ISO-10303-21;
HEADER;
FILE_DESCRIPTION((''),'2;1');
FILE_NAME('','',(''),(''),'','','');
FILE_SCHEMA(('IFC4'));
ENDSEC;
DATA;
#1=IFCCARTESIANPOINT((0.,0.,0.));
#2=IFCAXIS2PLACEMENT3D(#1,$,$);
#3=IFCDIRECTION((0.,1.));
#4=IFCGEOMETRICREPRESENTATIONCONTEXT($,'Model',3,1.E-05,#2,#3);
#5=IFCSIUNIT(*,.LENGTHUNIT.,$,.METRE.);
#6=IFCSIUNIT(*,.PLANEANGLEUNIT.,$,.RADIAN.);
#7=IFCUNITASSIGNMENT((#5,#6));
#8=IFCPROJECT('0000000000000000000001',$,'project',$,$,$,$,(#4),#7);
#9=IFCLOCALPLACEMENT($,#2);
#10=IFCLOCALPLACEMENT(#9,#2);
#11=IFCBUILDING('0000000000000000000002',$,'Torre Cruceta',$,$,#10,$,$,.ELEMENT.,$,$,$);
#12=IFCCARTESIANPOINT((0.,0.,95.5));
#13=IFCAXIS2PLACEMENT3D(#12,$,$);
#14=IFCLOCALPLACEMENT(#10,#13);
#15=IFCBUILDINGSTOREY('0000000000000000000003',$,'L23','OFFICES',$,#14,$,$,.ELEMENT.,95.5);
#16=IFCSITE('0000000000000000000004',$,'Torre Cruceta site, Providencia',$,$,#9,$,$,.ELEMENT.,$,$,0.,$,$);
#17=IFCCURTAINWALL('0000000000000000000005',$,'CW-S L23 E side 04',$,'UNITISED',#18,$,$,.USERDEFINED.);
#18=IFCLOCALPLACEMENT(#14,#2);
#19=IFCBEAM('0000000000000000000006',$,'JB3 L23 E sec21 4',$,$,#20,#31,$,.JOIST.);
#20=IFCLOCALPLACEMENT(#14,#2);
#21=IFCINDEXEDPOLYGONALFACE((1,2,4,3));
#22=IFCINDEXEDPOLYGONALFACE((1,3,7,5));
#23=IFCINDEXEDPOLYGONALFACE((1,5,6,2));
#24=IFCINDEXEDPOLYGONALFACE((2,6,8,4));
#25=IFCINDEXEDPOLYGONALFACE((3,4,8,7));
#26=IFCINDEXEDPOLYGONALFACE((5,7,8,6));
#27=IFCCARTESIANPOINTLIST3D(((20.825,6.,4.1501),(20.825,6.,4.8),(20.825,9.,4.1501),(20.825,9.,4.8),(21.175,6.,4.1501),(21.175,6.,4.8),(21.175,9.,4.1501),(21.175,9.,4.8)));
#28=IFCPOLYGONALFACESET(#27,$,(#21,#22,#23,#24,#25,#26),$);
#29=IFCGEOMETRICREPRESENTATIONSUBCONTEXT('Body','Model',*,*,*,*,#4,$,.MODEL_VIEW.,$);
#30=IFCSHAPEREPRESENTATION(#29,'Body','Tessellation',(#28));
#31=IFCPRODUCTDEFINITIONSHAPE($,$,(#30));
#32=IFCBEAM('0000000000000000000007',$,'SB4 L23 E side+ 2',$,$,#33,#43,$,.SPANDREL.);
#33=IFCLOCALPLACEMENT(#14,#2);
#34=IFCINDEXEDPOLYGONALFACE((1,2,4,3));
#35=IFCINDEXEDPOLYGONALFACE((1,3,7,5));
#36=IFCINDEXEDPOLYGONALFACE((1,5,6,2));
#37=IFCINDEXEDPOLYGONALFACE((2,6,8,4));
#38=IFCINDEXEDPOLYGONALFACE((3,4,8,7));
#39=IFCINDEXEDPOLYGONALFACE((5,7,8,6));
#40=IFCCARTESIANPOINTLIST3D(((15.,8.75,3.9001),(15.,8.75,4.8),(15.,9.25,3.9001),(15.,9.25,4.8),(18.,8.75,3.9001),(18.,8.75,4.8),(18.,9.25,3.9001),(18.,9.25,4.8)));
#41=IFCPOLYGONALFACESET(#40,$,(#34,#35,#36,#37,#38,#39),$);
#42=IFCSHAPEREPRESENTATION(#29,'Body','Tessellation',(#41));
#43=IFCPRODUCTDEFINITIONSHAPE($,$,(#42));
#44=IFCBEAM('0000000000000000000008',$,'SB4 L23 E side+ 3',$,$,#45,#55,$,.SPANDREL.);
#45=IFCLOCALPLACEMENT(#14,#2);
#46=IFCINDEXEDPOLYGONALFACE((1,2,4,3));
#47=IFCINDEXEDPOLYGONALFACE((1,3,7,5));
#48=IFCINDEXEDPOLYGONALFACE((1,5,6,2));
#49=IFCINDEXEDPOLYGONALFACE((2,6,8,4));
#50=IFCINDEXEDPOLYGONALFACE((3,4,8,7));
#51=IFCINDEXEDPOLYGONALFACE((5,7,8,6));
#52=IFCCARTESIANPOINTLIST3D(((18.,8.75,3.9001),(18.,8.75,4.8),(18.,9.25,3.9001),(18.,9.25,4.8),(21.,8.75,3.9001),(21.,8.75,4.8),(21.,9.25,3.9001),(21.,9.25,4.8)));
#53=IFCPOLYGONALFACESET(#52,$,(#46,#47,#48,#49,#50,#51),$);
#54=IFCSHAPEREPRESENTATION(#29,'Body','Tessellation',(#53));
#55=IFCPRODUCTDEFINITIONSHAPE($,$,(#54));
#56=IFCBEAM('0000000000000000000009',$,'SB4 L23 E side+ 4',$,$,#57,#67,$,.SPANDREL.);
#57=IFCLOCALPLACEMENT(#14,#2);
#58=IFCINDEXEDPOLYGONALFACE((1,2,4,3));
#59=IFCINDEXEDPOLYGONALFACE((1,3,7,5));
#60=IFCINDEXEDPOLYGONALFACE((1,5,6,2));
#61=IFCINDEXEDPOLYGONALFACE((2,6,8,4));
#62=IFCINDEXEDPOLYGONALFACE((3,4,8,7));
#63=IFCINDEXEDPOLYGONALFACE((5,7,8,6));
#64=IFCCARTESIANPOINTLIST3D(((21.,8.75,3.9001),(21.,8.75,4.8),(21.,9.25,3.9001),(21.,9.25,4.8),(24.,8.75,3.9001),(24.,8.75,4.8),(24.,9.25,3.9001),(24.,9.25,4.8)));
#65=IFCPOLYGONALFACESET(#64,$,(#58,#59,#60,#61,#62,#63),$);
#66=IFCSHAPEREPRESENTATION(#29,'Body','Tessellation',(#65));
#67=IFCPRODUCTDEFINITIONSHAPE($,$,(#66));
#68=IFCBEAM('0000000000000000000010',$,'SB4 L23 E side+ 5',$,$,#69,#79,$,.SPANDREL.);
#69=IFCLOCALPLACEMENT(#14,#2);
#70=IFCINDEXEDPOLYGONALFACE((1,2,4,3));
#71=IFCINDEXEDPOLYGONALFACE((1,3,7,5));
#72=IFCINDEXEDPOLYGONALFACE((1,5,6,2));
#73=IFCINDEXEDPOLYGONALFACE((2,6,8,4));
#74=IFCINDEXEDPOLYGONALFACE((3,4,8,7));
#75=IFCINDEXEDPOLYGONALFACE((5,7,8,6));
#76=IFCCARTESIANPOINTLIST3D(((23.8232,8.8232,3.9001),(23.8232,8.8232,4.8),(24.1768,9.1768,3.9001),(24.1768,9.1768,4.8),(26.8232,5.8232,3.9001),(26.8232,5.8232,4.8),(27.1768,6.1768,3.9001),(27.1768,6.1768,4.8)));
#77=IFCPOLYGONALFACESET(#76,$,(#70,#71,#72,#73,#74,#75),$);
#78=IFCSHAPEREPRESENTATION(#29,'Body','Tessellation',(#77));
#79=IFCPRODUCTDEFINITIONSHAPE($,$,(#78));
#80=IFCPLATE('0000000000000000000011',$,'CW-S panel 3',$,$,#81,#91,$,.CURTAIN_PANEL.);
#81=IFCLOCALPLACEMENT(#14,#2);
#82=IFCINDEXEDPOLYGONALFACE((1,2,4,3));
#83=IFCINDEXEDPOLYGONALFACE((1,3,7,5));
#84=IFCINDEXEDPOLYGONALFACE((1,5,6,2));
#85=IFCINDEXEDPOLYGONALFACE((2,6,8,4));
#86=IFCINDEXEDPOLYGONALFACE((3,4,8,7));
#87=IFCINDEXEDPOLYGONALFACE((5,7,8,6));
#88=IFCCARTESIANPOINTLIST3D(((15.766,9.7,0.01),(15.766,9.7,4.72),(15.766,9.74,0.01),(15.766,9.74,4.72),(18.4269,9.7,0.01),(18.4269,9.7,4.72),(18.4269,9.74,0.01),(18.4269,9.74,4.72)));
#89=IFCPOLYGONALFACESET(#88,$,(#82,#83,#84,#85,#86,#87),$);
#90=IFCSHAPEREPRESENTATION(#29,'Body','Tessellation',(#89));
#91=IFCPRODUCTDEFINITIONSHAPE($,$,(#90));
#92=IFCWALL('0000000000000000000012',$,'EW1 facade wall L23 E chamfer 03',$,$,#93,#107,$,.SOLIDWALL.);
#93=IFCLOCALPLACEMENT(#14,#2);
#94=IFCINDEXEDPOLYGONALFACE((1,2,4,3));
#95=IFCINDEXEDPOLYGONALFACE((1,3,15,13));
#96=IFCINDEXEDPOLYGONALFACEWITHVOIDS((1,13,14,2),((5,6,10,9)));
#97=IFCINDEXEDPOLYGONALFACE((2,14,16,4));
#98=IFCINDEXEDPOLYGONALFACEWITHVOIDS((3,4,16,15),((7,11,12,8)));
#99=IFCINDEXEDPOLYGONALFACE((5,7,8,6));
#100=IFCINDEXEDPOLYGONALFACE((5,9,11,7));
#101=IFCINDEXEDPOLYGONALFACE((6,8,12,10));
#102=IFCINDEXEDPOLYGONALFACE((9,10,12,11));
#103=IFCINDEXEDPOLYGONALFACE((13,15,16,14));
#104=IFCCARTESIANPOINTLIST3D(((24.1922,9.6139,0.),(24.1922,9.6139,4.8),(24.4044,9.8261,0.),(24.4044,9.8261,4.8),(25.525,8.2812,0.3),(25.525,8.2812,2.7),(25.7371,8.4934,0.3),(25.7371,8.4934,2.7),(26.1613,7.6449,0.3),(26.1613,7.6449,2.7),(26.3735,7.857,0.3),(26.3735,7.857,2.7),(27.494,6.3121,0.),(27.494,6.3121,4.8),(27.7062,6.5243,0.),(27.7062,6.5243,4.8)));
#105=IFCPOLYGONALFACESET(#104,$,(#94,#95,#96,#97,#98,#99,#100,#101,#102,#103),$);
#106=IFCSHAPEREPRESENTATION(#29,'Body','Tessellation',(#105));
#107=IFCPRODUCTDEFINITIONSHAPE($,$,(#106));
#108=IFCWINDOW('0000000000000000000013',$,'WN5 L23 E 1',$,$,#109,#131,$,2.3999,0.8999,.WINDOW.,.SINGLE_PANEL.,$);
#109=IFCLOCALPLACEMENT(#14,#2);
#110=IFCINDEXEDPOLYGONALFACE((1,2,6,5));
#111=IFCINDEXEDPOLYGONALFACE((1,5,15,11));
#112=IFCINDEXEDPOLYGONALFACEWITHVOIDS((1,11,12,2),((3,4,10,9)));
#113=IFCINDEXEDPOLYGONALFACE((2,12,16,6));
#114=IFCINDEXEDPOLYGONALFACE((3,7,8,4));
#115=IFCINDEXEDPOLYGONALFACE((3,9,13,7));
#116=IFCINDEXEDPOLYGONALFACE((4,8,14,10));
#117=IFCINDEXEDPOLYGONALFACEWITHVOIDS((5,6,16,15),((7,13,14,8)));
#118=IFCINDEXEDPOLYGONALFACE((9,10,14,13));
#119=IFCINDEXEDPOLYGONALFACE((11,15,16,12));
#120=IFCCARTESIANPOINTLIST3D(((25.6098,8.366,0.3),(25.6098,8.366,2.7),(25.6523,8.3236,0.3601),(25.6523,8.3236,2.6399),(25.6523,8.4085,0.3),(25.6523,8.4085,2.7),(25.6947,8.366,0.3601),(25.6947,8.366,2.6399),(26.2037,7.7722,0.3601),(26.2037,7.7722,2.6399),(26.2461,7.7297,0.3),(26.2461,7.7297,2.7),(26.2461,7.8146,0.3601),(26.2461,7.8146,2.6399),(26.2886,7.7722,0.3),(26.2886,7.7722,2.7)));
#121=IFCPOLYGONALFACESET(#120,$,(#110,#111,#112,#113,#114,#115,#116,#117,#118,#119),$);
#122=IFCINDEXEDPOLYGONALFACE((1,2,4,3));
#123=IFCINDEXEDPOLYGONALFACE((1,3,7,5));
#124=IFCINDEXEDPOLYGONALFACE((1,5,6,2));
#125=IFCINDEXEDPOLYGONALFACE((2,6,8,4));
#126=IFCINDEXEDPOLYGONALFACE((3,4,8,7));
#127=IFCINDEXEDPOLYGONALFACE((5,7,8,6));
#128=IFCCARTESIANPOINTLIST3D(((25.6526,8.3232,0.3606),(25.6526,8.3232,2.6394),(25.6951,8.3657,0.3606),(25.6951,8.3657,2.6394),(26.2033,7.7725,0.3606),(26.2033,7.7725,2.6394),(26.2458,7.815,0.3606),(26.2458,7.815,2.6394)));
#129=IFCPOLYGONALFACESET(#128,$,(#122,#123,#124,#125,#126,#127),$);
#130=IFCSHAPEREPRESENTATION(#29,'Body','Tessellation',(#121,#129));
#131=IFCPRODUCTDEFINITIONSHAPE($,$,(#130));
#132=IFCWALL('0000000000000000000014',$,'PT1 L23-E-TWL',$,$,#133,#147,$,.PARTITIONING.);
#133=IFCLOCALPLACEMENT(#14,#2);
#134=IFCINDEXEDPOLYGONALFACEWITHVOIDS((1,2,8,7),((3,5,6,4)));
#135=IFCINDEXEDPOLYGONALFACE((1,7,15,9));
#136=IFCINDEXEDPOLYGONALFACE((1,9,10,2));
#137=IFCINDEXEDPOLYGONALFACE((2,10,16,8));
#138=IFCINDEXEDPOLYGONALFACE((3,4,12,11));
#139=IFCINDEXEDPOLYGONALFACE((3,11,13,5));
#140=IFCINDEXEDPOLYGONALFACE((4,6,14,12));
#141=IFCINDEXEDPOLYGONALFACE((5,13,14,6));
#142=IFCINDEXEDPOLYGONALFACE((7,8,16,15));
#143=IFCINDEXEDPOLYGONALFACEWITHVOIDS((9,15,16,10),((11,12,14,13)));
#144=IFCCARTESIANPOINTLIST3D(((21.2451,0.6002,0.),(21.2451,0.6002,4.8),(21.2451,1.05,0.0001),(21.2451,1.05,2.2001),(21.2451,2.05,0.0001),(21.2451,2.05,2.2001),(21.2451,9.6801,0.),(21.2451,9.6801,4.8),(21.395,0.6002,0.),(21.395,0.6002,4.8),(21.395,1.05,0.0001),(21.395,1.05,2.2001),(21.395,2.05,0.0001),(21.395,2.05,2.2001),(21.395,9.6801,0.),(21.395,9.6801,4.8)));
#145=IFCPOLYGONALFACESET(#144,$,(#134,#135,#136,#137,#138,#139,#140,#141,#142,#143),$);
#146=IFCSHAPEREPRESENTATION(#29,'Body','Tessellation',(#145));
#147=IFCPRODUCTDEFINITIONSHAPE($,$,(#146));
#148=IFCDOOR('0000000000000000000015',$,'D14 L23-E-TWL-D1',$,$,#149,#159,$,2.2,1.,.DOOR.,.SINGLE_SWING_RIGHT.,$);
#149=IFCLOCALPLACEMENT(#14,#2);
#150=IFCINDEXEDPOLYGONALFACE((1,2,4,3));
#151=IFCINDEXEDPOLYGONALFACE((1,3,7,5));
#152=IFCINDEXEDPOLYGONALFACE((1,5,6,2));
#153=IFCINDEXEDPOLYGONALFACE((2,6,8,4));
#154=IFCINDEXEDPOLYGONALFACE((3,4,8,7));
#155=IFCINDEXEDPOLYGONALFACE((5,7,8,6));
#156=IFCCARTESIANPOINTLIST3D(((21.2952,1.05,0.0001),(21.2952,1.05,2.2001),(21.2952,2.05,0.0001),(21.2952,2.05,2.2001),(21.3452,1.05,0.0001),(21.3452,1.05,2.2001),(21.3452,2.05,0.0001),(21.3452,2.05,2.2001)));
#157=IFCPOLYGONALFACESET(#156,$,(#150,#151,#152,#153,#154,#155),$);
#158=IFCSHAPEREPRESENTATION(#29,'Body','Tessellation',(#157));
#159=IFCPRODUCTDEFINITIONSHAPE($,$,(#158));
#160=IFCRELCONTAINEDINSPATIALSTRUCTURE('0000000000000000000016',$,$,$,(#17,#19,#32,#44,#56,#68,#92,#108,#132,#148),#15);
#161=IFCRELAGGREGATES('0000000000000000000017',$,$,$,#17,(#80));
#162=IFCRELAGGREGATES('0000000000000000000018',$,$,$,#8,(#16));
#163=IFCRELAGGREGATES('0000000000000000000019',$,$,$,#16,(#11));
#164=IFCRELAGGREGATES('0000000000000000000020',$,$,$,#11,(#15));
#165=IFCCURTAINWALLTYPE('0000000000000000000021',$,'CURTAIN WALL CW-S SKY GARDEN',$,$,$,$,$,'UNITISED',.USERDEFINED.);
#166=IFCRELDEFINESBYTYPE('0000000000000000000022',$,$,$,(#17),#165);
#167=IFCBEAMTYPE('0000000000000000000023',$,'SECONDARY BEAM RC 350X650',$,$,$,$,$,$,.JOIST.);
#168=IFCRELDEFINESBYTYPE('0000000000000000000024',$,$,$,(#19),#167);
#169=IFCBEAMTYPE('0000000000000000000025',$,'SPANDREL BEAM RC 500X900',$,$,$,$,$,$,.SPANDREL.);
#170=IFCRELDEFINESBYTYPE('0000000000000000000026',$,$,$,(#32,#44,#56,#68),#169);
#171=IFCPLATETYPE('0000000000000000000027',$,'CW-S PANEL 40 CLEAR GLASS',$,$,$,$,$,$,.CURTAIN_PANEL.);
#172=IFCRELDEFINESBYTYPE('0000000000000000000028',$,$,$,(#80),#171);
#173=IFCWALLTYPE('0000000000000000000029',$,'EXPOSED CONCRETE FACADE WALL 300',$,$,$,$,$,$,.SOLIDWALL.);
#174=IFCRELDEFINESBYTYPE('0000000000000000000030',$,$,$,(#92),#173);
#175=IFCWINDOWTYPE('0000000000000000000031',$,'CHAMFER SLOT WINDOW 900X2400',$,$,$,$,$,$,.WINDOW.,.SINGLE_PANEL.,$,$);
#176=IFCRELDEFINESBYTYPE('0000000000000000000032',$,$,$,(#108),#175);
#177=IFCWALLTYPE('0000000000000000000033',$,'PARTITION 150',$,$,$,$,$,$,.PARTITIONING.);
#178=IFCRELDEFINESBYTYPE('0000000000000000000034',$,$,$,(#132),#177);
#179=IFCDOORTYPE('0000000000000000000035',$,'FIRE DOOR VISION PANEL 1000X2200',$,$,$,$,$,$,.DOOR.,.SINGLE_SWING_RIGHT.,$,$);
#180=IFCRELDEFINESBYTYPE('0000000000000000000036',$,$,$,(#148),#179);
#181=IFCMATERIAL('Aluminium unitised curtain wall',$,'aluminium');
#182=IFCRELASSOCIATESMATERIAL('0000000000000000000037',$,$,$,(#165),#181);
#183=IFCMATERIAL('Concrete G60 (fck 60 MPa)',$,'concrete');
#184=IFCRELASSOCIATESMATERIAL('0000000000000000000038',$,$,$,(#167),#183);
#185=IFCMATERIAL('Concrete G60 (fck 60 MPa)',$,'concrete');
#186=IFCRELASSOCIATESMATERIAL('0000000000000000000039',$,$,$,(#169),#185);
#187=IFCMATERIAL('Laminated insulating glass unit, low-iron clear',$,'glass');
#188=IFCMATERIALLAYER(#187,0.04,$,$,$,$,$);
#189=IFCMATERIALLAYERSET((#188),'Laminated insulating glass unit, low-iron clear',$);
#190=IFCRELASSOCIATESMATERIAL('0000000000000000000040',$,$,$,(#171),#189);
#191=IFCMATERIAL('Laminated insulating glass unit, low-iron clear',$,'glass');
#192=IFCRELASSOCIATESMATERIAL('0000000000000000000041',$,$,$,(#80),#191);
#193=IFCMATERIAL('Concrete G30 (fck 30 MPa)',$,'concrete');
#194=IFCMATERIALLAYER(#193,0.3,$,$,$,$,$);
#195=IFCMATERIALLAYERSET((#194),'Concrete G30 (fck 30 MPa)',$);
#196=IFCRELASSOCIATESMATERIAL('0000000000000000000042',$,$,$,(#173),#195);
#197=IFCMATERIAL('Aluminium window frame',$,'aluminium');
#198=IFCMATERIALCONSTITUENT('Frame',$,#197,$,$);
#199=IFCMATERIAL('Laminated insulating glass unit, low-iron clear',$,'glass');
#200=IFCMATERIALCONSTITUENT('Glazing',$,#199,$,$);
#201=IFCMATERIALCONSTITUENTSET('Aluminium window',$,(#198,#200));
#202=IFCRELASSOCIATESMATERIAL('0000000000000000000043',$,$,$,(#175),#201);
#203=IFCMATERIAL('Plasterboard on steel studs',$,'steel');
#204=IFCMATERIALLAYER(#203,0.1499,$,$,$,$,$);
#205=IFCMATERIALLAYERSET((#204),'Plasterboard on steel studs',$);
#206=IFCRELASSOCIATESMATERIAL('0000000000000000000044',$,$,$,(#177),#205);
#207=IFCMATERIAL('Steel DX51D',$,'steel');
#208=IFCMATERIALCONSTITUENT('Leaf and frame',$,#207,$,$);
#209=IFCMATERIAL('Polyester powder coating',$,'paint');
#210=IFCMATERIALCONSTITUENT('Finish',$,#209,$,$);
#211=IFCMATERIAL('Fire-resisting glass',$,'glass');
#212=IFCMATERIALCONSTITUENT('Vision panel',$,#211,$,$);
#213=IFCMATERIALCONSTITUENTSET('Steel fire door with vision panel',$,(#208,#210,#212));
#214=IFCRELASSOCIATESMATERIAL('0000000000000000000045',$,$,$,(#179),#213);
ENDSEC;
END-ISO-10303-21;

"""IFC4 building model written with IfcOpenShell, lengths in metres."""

from ifc_helpers import new_model, si_unit, direction, frame, frame_2d, origin, origin_2d, place, context, subcontext, project, spatial, rectangle, hollow_rectangle, extrude, material, layer, layer_set, constituent, constituent_set, material_profile, profile_set, type_object, element, fill, aggregate, save


model = new_model("IFC4")

# Units and contexts
model_context = context("Model", 3, precision=1e-05, world=origin(), true_north=direction((0.0, 1.0)))
body_context = subcontext(model_context, "Body", "Model", "MODEL_VIEW")
ifc_project = project(units=[si_unit("LENGTHUNIT", "METRE"), si_unit("PLANEANGLEUNIT", "RADIAN")], contexts=[model_context])

# Site, building, storey
site_placement = place(None, origin())
site = spatial("IfcSite", under=ifc_project, at=site_placement, Name="Torre Cruceta site, Providencia", CompositionType="ELEMENT", RefElevation=0.0)
building_placement = place(site_placement, origin())
building = spatial("IfcBuilding", under=site, at=building_placement, Name="Torre Cruceta", CompositionType="ELEMENT")
storey_placement = place(building_placement, frame((0.0, 0.0, 95.5)))
storey = spatial("IfcBuildingStorey", under=building, at=storey_placement, Name="L23", Description="OFFICES", CompositionType="ELEMENT", Elevation=95.5)

# Curtain wall
ifc_material_1 = material(Name="Aluminium unitised curtain wall", Category="aluminium")
curtain_wall_type = type_object("IfcCurtainWallType", Name="CURTAIN WALL CW-S SKY GARDEN", ElementType="UNITISED", PredefinedType="USERDEFINED", material=ifc_material_1)
curtain_wall_placement = place(storey_placement, origin())
curtain_wall = element("IfcCurtainWall", 1, at=curtain_wall_placement, inside=storey, type_object=curtain_wall_type, Name="CW-S L23 E side 04", ObjectType="UNITISED", PredefinedType="USERDEFINED")

# Beams
ifc_material_2 = material(Name="Concrete G60 (fck 60 MPa)", Category="concrete")
ifc_material_profile_1 = material_profile(ifc_material_2, rectangle(XDim=0.3501, YDim=0.6499, at=origin_2d()), Name="RC 350X650")
ifc_profile_set_1 = profile_set([ifc_material_profile_1], Name="Concrete G60 (fck 60 MPa)")
beam_type_1 = type_object("IfcBeamType", Name="SECONDARY BEAM RC 350X650", PredefinedType="JOIST", material=ifc_profile_set_1)
beam_1_placement = place(storey_placement, frame((21.0, 6.0, 4.4751), z_axis=(0.0, 1.0, 0.0), x_axis=(-1.0, 0.0, 0.0)))
element("IfcBeam", 2, at=beam_1_placement, inside=storey, type_object=beam_type_1, Name="JB3 L23 E sec21 4", PredefinedType="JOIST", context=body_context, shape_type="SweptSolid", body=[
    extrude(rectangle(XDim=0.3501, YDim=0.6499, at=origin_2d()), origin(), (0.0, 0.0, 1.0), 3.0),
])
ifc_material_3 = material(Name="Concrete G60 (fck 60 MPa)", Category="concrete")
ifc_material_profile_2 = material_profile(ifc_material_3, rectangle(XDim=0.5, YDim=0.8999, at=origin_2d()), Name="RC 500X900")
ifc_profile_set_2 = profile_set([ifc_material_profile_2], Name="Concrete G60 (fck 60 MPa)")
beam_type_2 = type_object("IfcBeamType", Name="SPANDREL BEAM RC 500X900", PredefinedType="SPANDREL", material=ifc_profile_set_2)
for number, where, z_axis, x_axis, name in (
    (3, (15.0, 9.0, 4.3501), (1.0, 0.0, 0.0), (0.0, 1.0, 0.0), "SB4 L23 E side+ 2"),
    (4, (18.0, 9.0, 4.3501), (1.0, 0.0, 0.0), (0.0, 1.0, 0.0), "SB4 L23 E side+ 3"),
    (5, (21.0, 9.0, 4.3501), (1.0, 0.0, 0.0), (0.0, 1.0, 0.0), "SB4 L23 E side+ 4"),
):
    element("IfcBeam", number, at=place(storey_placement, frame(where, z_axis=z_axis, x_axis=x_axis)), inside=storey, type_object=beam_type_2, Name=name, PredefinedType="SPANDREL", context=body_context, shape_type="SweptSolid", body=[
        extrude(rectangle(XDim=0.5, YDim=0.8999, at=origin_2d()), origin(), (0.0, 0.0, 1.0), 3.0),
    ])
beam_2_placement = place(storey_placement, frame((24.0, 9.0, 4.3501), z_axis=(0.707107, -0.707107, 0.0), x_axis=(0.707107, 0.707107, 0.0)))
element("IfcBeam", 6, at=beam_2_placement, inside=storey, type_object=beam_type_2, Name="SB4 L23 E side+ 5", PredefinedType="SPANDREL", context=body_context, shape_type="SweptSolid", body=[
    extrude(rectangle(XDim=0.5, YDim=0.8999, at=origin_2d()), origin(), (0.0, 0.0, 1.0), 4.2427),
])

# Plate
ifc_material_4 = material(Name="Laminated insulating glass unit, low-iron clear", Category="glass")
ifc_material_5 = material(Name="Laminated insulating glass unit, low-iron clear", Category="glass")
ifc_layer_1 = layer(ifc_material_5, 0.04)
ifc_layer_set_1 = layer_set([ifc_layer_1], Name="Laminated insulating glass unit, low-iron clear")
plate_type = type_object("IfcPlateType", Name="CW-S PANEL 40 CLEAR GLASS", PredefinedType="CURTAIN_PANEL", material=ifc_layer_set_1)
plate_placement = place(storey_placement, frame((17.0964, 9.72, 0.01), z_axis=(0.0, 0.0, 1.0), x_axis=(-1.0, 0.0, 0.0)))
plate = element("IfcPlate", 7, at=plate_placement, type_object=plate_type, material=ifc_material_4, Name="CW-S panel 3", PredefinedType="CURTAIN_PANEL", context=body_context, shape_type="SweptSolid", body=[
    extrude(rectangle(XDim=2.6609, YDim=0.04, at=origin_2d()), origin(), (0.0, 0.0, 1.0), 4.71),
])
aggregate(curtain_wall, [plate])

# Wall, opening, window
ifc_material_6 = material(Name="Concrete G30 (fck 30 MPa)", Category="concrete")
ifc_layer_2 = layer(ifc_material_6, 0.3)
ifc_layer_set_2 = layer_set([ifc_layer_2], Name="Concrete G30 (fck 30 MPa)")
wall_type_1 = type_object("IfcWallType", Name="EXPOSED CONCRETE FACADE WALL 300", PredefinedType="SOLIDWALL", material=ifc_layer_set_2)
wall_1_placement = place(storey_placement, frame((27.6001, 6.4182, 0.0), z_axis=(0.0, 0.0, 1.0), x_axis=(-0.707107, 0.707107, 0.0)))
wall_1 = element("IfcWall", 8, at=wall_1_placement, inside=storey, type_object=wall_type_1, Name="EW1 facade wall L23 E chamfer 03", PredefinedType="SOLIDWALL", context=body_context, shape_type="SweptSolid", body=[
    extrude(rectangle(XDim=4.6694, YDim=0.3, at=frame_2d((2.3347, 0.0))), origin(), (0.0, 0.0, 1.0), 4.8),
])
opening_1_placement = place(wall_1_placement, frame((1.8848, 0.0, 0.3)))
opening_1 = element("IfcOpeningElement", 9, at=opening_1_placement, cuts=wall_1, PredefinedType="OPENING", context=body_context, shape_type="SweptSolid", body=[
    extrude(rectangle(XDim=0.8999, YDim=2.3999, at=frame_2d((0.45, 1.2))), frame((0.0, 0.1599, 0.0), z_axis=(0.0, -1.0, 0.0), x_axis=(1.0, 0.0, 0.0)), (0.0, 0.0, 1.0), 0.3201),
])
ifc_material_7 = material(Name="Aluminium window frame", Category="aluminium")
ifc_constituent_1 = constituent(ifc_material_7, Name="Frame")
ifc_material_8 = material(Name="Laminated insulating glass unit, low-iron clear", Category="glass")
ifc_constituent_2 = constituent(ifc_material_8, Name="Glazing")
ifc_constituent_set_1 = constituent_set(constituents=[ifc_constituent_1, ifc_constituent_2], Name="Aluminium window")
window_type = type_object("IfcWindowType", Name="CHAMFER SLOT WINDOW 900X2400", PartitioningType="SINGLE_PANEL", PredefinedType="WINDOW", material=ifc_constituent_set_1)
window_placement = place(opening_1_placement, origin())
window = element("IfcWindow", 10, at=window_placement, inside=storey, type_object=window_type, Name="WN5 L23 E 1", OverallHeight=2.3999, OverallWidth=0.8999, PartitioningType="SINGLE_PANEL", PredefinedType="WINDOW", context=body_context, shape_type="SweptSolid", body=[
    extrude(hollow_rectangle(XDim=0.8999, YDim=2.3999, WallThickness=0.0601, at=frame_2d((0.45, 1.2))), frame((0.0, 0.03, 0.0), z_axis=(0.0, -1.0, 0.0), x_axis=(1.0, 0.0, 0.0)), (0.0, 0.0, 1.0), 0.0601),
    extrude(rectangle(XDim=0.7788, YDim=2.2788, at=frame_2d((0.45, 1.2))), frame((0.0, 0.03, 0.0), z_axis=(0.0, -1.0, 0.0), x_axis=(1.0, 0.0, 0.0)), (0.0, 0.0, 1.0), 0.0601),
])
fill(opening_1, window)

# Wall, opening, door
ifc_material_9 = material(Name="Plasterboard on steel studs", Category="steel")
ifc_layer_3 = layer(ifc_material_9, 0.1499)
ifc_layer_set_3 = layer_set([ifc_layer_3], Name="Plasterboard on steel studs")
wall_type_2 = type_object("IfcWallType", Name="PARTITION 150", PredefinedType="PARTITIONING", material=ifc_layer_set_3)
wall_2_placement = place(storey_placement, frame((21.3201, 0.6001, 0.0), z_axis=(0.0, 0.0, 1.0), x_axis=(0.0, 1.0, 0.0)))
wall_2 = element("IfcWall", 11, at=wall_2_placement, inside=storey, type_object=wall_type_2, Name="PT1 L23-E-TWL", PredefinedType="PARTITIONING", context=body_context, shape_type="SweptSolid", body=[
    extrude(rectangle(XDim=9.0798, YDim=0.1499, at=frame_2d((4.54, 0.0))), origin(), (0.0, 0.0, 1.0), 4.8),
])
opening_2_placement = place(wall_2_placement, frame((0.45, 0.0, 0.0)))
opening_2 = element("IfcOpeningElement", 12, at=opening_2_placement, cuts=wall_2, PredefinedType="OPENING", context=body_context, shape_type="SweptSolid", body=[
    extrude(rectangle(XDim=1.0, YDim=2.2, at=frame_2d((0.5, 1.1001))), frame((0.0, 0.085, 0.0), z_axis=(0.0, -1.0, 0.0), x_axis=(1.0, 0.0, 0.0)), (0.0, 0.0, 1.0), 0.1699),
])
ifc_material_10 = material(Name="Steel DX51D", Category="steel")
ifc_constituent_3 = constituent(ifc_material_10, Name="Leaf and frame")
ifc_material_11 = material(Name="Polyester powder coating", Category="paint")
ifc_constituent_4 = constituent(ifc_material_11, Name="Finish")
ifc_material_12 = material(Name="Fire-resisting glass", Category="glass")
ifc_constituent_5 = constituent(ifc_material_12, Name="Vision panel")
ifc_constituent_set_2 = constituent_set(constituents=[ifc_constituent_3, ifc_constituent_4, ifc_constituent_5], Name="Steel fire door with vision panel")
door_type_1 = type_object("IfcDoorType", Name="FIRE DOOR VISION PANEL 1000X2200", OperationType="SINGLE_SWING_RIGHT", PredefinedType="DOOR", material=ifc_constituent_set_2)
door_1_placement = place(opening_2_placement, frame((1.0, 0.0, 0.0), z_axis=(0.0, 0.0, 1.0), x_axis=(-1.0, 0.0, 0.0)))
door_1 = element("IfcDoor", 13, at=door_1_placement, inside=storey, type_object=door_type_1, Name="D14 L23-E-TWL-D1", OperationType="SINGLE_SWING_RIGHT", OverallHeight=2.2, OverallWidth=1.0, PredefinedType="DOOR", context=body_context, shape_type="SweptSolid", body=[
    extrude(rectangle(XDim=1.0, YDim=2.2, at=frame_2d((0.5, 1.1001))), frame((0.0, 0.0251, 0.0), z_axis=(0.0, -1.0, 0.0), x_axis=(1.0, 0.0, 0.0)), (0.0, 0.0, 1.0), 0.05),
])
fill(opening_2, door_1)

save(model, "model.ifc")
